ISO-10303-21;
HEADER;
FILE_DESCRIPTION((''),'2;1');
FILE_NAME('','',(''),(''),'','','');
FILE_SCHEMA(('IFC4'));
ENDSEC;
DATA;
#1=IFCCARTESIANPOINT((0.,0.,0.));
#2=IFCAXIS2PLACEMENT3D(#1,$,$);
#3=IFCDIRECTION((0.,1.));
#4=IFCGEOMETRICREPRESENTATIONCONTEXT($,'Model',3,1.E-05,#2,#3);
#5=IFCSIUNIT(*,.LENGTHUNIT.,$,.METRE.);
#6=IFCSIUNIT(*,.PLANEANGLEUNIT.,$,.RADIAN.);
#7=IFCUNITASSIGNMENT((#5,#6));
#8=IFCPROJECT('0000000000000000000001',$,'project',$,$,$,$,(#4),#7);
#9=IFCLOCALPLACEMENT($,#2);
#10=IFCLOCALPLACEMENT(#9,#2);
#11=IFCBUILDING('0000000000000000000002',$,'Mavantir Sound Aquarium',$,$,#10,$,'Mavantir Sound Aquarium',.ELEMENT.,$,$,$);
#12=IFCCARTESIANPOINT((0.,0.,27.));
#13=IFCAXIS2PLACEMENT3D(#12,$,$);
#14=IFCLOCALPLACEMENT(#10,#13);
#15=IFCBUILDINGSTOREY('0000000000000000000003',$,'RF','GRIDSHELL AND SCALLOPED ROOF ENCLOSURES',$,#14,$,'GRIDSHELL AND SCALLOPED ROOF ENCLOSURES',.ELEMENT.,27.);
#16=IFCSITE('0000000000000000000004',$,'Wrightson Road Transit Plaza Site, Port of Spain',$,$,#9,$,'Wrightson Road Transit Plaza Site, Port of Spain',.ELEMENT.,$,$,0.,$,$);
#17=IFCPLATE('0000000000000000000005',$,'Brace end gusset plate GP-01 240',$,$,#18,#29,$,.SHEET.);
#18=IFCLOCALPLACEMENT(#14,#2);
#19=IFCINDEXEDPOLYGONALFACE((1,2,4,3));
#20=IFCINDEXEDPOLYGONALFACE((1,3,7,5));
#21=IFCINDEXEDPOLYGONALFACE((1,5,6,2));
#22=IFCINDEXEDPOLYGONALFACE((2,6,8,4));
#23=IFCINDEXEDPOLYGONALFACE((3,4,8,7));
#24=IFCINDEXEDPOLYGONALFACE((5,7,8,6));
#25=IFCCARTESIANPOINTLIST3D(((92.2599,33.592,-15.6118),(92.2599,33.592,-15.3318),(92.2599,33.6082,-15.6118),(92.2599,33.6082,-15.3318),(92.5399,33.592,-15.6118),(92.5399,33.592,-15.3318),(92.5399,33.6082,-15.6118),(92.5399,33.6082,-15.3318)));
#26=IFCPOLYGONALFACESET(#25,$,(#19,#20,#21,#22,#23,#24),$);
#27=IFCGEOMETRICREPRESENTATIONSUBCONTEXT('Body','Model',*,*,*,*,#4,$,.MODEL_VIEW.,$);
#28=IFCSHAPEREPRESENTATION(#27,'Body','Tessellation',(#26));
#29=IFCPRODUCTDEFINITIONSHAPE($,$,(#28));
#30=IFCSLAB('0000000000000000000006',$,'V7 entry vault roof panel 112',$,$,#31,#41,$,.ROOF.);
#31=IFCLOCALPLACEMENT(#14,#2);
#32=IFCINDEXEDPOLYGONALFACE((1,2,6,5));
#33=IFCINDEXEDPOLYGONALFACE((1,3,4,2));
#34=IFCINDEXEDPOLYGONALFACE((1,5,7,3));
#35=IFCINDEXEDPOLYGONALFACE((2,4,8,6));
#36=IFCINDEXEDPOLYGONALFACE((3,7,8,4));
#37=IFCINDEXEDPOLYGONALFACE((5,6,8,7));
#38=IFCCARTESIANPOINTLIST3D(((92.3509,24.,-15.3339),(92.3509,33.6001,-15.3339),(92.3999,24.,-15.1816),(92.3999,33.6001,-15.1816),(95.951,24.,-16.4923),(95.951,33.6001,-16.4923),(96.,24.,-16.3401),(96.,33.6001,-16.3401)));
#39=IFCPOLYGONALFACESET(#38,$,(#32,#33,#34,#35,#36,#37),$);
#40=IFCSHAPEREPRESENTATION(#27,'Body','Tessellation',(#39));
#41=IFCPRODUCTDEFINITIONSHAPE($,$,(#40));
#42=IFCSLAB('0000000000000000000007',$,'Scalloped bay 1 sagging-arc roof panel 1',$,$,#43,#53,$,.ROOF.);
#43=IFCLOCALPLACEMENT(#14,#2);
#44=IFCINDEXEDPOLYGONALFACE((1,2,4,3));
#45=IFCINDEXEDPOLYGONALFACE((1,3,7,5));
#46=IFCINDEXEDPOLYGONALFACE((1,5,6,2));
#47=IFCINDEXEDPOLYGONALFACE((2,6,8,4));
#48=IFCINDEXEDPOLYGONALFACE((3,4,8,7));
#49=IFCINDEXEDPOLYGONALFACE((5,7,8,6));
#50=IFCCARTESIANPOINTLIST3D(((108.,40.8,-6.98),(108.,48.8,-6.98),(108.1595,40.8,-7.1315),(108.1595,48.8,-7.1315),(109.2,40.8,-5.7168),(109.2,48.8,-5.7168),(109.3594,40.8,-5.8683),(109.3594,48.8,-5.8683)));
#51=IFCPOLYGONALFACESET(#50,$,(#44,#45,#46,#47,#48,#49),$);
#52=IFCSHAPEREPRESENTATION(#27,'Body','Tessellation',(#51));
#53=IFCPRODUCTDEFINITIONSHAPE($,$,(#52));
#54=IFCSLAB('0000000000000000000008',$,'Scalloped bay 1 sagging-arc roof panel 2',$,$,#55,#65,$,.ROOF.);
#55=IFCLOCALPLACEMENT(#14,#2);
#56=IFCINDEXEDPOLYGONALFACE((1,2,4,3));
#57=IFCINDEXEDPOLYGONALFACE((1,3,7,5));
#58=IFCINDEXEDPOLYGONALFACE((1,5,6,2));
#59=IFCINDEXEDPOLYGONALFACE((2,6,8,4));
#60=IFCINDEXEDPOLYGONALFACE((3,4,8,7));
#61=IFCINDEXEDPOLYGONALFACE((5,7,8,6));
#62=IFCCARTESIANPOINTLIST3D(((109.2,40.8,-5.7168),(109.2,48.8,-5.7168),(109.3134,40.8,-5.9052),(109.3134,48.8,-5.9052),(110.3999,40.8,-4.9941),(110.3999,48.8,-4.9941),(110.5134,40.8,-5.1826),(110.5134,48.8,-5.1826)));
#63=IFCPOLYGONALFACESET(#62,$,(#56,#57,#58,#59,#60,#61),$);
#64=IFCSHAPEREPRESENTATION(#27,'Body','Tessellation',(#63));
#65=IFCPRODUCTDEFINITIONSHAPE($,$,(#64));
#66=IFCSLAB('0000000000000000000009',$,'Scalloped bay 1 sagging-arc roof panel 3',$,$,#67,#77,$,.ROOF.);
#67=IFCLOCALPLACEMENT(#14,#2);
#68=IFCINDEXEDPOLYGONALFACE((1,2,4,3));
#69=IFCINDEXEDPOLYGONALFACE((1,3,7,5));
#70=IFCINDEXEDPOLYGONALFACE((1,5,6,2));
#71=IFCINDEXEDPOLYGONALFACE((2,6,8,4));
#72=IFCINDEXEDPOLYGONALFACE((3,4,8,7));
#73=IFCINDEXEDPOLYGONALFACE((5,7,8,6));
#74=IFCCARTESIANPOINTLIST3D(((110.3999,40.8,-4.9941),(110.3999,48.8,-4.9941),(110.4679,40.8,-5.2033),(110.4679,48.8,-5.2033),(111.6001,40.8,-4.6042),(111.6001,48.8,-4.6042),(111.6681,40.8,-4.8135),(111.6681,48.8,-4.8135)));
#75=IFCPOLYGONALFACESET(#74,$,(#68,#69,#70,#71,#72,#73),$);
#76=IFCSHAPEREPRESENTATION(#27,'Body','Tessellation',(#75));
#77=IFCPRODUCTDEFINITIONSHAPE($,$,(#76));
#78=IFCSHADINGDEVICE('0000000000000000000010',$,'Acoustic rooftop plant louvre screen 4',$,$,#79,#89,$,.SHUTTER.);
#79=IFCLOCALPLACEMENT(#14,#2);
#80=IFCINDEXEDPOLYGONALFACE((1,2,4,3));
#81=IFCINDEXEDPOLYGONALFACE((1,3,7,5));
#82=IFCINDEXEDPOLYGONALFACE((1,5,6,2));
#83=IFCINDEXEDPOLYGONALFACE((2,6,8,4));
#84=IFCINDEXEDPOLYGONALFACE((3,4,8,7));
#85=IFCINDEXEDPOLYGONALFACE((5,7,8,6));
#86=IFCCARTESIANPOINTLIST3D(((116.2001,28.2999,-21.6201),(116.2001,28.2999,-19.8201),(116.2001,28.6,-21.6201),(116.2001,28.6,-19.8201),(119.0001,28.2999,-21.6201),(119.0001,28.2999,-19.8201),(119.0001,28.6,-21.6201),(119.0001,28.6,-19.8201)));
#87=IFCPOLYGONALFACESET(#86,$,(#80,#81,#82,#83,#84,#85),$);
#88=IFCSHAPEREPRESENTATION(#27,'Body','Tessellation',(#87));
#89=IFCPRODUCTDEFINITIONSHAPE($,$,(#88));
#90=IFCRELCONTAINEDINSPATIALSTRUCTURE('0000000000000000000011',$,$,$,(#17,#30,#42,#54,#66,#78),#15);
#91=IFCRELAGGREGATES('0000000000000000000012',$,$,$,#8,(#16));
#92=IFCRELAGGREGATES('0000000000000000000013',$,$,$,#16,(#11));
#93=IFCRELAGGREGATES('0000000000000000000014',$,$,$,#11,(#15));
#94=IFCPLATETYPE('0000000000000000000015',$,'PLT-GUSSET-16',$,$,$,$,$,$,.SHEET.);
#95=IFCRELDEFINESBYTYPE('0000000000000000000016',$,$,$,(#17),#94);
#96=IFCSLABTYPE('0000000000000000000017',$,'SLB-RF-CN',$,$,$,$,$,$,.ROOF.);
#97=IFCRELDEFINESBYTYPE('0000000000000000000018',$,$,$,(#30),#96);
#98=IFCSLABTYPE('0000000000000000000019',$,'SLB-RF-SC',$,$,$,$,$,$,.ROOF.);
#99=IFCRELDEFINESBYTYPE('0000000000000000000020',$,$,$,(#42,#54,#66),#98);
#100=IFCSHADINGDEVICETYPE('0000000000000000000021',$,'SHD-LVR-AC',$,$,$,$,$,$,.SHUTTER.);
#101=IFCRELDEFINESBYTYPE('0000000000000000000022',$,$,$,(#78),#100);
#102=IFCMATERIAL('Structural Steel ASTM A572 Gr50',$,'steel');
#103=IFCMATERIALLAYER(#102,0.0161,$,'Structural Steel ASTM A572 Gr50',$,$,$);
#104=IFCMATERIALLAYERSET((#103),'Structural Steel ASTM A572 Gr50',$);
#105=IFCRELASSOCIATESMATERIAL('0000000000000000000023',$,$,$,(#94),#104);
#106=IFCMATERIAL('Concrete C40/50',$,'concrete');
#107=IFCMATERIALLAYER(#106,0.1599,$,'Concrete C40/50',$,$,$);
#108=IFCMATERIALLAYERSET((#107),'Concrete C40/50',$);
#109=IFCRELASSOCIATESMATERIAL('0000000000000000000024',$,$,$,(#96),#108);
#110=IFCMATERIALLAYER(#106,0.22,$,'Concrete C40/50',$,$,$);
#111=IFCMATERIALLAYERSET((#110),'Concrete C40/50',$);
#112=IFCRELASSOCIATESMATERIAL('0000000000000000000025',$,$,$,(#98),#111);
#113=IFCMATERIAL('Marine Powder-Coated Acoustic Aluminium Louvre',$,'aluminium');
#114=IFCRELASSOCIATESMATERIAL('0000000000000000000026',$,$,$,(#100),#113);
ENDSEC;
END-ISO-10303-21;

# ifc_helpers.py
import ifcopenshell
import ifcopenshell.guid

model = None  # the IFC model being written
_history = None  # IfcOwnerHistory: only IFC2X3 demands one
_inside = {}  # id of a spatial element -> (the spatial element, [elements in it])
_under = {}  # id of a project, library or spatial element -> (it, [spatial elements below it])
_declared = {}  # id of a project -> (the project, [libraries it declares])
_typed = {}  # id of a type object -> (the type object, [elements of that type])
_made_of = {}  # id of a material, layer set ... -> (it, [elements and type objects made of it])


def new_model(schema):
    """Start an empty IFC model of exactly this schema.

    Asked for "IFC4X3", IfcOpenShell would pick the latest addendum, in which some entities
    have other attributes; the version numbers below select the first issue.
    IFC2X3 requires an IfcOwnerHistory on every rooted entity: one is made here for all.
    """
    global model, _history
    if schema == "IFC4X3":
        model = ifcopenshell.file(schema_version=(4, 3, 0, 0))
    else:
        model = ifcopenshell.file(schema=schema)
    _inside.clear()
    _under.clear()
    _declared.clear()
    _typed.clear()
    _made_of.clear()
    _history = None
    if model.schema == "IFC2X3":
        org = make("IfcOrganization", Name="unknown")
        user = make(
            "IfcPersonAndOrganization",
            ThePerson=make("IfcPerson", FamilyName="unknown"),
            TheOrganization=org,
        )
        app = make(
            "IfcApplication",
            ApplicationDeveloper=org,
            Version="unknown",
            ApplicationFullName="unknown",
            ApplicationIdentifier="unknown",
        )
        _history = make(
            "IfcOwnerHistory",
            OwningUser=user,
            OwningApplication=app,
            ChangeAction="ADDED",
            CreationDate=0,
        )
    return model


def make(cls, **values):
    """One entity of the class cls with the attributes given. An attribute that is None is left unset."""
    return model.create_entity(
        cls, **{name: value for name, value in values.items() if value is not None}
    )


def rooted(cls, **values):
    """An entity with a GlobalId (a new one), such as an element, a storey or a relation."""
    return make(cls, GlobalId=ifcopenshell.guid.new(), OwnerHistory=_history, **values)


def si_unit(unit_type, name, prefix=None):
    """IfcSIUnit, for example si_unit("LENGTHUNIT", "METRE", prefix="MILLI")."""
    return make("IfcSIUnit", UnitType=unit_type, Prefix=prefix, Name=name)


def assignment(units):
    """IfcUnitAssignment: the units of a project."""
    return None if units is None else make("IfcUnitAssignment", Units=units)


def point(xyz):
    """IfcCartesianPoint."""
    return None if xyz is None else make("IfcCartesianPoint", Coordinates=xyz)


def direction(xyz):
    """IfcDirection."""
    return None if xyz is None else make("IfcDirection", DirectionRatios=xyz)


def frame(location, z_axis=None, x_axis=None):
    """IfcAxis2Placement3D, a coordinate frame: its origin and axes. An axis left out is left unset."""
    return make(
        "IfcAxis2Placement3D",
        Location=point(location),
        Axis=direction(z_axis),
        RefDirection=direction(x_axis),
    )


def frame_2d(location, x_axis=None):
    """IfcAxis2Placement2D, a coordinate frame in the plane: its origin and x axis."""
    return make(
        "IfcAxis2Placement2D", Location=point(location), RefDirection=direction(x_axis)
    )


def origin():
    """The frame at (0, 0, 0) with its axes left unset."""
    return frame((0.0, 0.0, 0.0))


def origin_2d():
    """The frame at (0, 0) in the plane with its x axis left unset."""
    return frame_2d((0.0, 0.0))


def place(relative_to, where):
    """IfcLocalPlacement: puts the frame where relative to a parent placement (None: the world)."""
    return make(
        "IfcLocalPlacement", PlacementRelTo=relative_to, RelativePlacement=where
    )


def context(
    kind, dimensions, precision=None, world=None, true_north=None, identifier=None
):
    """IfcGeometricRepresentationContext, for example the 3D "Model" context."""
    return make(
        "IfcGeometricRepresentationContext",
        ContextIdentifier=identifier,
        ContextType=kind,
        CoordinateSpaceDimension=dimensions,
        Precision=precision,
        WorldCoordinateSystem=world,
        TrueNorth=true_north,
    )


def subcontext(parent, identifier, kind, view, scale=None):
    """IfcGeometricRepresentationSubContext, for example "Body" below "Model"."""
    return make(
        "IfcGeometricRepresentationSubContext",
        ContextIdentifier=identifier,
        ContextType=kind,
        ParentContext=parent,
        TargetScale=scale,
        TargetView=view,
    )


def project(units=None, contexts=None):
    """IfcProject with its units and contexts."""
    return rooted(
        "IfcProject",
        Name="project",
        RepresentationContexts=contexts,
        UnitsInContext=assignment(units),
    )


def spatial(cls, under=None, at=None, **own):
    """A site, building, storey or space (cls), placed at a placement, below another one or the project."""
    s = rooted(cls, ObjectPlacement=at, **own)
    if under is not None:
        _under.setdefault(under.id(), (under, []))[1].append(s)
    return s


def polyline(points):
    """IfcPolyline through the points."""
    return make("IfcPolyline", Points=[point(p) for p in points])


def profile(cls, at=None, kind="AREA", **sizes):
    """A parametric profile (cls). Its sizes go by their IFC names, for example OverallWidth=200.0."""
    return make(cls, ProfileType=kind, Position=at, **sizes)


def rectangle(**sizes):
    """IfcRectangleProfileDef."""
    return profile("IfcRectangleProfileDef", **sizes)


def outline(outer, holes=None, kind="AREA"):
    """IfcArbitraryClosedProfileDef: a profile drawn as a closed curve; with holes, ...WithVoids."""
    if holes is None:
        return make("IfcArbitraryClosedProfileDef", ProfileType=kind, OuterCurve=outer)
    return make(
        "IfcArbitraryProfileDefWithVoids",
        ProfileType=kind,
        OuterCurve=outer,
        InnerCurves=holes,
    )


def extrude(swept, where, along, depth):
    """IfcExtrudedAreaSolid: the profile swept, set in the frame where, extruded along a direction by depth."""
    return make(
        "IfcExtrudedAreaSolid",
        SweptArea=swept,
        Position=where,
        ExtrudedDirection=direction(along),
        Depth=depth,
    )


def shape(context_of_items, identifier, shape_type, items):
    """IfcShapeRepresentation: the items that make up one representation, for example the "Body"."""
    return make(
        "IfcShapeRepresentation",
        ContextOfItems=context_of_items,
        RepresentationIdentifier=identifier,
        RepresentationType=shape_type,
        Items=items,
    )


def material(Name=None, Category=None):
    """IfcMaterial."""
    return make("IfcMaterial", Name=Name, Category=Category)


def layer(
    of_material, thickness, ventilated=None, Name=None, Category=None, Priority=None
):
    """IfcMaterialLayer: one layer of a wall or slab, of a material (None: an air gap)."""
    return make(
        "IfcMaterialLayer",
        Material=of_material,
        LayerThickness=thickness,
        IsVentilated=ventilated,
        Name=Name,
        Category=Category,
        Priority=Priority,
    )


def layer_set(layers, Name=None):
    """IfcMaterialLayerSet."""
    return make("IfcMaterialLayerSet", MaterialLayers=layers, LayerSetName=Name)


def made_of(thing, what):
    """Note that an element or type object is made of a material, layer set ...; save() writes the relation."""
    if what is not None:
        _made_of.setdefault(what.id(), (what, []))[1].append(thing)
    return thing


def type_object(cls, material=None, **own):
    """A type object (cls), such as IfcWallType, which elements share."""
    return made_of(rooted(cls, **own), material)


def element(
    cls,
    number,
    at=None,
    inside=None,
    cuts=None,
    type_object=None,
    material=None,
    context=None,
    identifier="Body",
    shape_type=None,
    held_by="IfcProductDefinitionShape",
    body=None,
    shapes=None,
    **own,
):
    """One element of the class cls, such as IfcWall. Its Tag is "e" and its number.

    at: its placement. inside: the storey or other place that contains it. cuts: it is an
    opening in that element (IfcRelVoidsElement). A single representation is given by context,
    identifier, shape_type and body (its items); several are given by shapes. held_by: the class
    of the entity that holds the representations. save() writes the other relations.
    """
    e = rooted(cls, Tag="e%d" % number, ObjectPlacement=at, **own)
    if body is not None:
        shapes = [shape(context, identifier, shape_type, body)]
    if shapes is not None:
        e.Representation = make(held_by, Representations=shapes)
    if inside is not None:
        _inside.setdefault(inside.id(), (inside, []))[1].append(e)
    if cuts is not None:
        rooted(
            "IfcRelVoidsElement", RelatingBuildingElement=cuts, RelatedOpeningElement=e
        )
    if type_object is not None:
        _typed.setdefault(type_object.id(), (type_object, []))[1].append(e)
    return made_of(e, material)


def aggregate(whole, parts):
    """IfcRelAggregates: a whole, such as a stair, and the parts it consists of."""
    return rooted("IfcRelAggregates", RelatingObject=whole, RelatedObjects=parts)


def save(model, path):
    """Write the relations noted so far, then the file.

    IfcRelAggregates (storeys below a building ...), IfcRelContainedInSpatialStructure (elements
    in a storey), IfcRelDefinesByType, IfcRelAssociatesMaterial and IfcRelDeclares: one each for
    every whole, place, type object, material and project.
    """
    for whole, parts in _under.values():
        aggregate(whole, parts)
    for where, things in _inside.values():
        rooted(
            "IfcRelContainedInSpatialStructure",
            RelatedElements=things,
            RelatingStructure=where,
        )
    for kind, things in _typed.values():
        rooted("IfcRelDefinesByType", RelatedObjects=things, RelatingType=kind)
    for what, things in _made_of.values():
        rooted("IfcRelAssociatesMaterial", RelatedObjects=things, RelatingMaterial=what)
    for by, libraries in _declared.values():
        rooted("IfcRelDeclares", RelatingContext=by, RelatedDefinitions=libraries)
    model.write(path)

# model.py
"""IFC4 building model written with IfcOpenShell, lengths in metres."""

from ifc_helpers import new_model, si_unit, direction, frame, origin, origin_2d, place, context, subcontext, project, spatial, polyline, rectangle, outline, extrude, material, layer, layer_set, type_object, element, save


model = new_model("IFC4")

# Units and contexts
model_context = context("Model", 3, precision=1e-05, world=origin(), true_north=direction((0.0, 1.0)))
body_context = subcontext(model_context, "Body", "Model", "MODEL_VIEW")
ifc_project = project(units=[si_unit("LENGTHUNIT", "METRE"), si_unit("PLANEANGLEUNIT", "RADIAN")], contexts=[model_context])

# Site, building, storey
site_placement = place(None, origin())
site = spatial("IfcSite", under=ifc_project, at=site_placement, Name="Wrightson Road Transit Plaza Site, Port of Spain", LongName="Wrightson Road Transit Plaza Site, Port of Spain", CompositionType="ELEMENT", RefElevation=0.0)
building_placement = place(site_placement, origin())
building = spatial("IfcBuilding", under=site, at=building_placement, Name="Mavantir Sound Aquarium", LongName="Mavantir Sound Aquarium", CompositionType="ELEMENT")
storey_placement = place(building_placement, frame((0.0, 0.0, 27.0)))
storey = spatial("IfcBuildingStorey", under=building, at=storey_placement, Name="RF", Description="GRIDSHELL AND SCALLOPED ROOF ENCLOSURES", LongName="GRIDSHELL AND SCALLOPED ROOF ENCLOSURES", CompositionType="ELEMENT", Elevation=27.0)

# Shared definitions
ifc_material_1 = material(Name="Concrete C40/50", Category="concrete")

# Plate
ifc_material_2 = material(Name="Structural Steel ASTM A572 Gr50", Category="steel")
ifc_layer_1 = layer(ifc_material_2, 0.0161, Name="Structural Steel ASTM A572 Gr50")
ifc_layer_set_1 = layer_set([ifc_layer_1], Name="Structural Steel ASTM A572 Gr50")
plate_type_1 = type_object("IfcPlateType", Name="PLT-GUSSET-16", PredefinedType="SHEET", material=ifc_layer_set_1)
for number, where, z_axis, x_axis, name in (
    (1, (92.3999, 33.6001, -15.6118), (0.0, 0.0, 1.0), (1.0, 0.0, 0.0), "Brace end gusset plate GP-01 240"),
):
    element("IfcPlate", number, at=place(storey_placement, frame(where, z_axis=z_axis, x_axis=x_axis)), inside=storey, type_object=plate_type_1, Name=name, PredefinedType="SHEET", context=body_context, shape_type="SweptSolid", body=[
        extrude(rectangle(XDim=0.28, YDim=0.0161, at=origin_2d()), origin(), (0.0, 0.0, 1.0), 0.28),
    ])

# Slabs
ifc_layer_2 = layer(ifc_material_1, 0.1599, Name="Concrete C40/50")
ifc_layer_set_2 = layer_set([ifc_layer_2], Name="Concrete C40/50")
slab_type_1 = type_object("IfcSlabType", Name="SLB-RF-CN", PredefinedType="ROOF", material=ifc_layer_set_2)
slab_1_placement = place(storey_placement, frame((92.3999, 24.0, -15.1816), z_axis=(0.306314, 0.0, 0.95193), x_axis=(0.95193, 0.0, -0.306314)))
element("IfcSlab", 2, at=slab_1_placement, inside=storey, type_object=slab_type_1, Name="V7 entry vault roof panel 112", PredefinedType="ROOF", context=body_context, shape_type="SweptSolid", body=[
    extrude(outline(polyline([(0.0, 0.0), (3.7819, 0.0), (3.7819, 9.6001), (0.0, 9.6001), (0.0, 0.0)])), origin(), (0.0, 0.0, -1.0), 0.1599),
])
ifc_layer_3 = layer(ifc_material_1, 0.22, Name="Concrete C40/50")
ifc_layer_set_3 = layer_set([ifc_layer_3], Name="Concrete C40/50")
slab_type_2 = type_object("IfcSlabType", Name="SLB-RF-SC", PredefinedType="ROOF", material=ifc_layer_set_3)
slab_2_placement = place(storey_placement, frame((108.0, 40.8, -6.98), z_axis=(-0.72502, 0.0, 0.688727), x_axis=(0.688727, 0.0, 0.72502)))
element("IfcSlab", 3, at=slab_2_placement, inside=storey, type_object=slab_type_2, Name="Scalloped bay 1 sagging-arc roof panel 1", PredefinedType="ROOF", context=body_context, shape_type="SweptSolid", body=[
    extrude(outline(polyline([(0.0, 0.0), (1.7423, 0.0), (1.7423, 8.0), (0.0, 8.0), (0.0, 0.0)])), origin(), (0.0, 0.0, -1.0), 0.22),
])
slab_3_placement = place(storey_placement, frame((109.2, 40.8, -5.7168), z_axis=(-0.515905, 0.0, 0.856646), x_axis=(0.856646, 0.0, 0.515905)))
element("IfcSlab", 4, at=slab_3_placement, inside=storey, type_object=slab_type_2, Name="Scalloped bay 1 sagging-arc roof panel 2", PredefinedType="ROOF", context=body_context, shape_type="SweptSolid", body=[
    extrude(outline(polyline([(0.0, 0.0), (1.4008, 0.0), (1.4008, 8.0), (0.0, 8.0), (0.0, 0.0)])), origin(), (0.0, 0.0, -1.0), 0.22),
])
slab_4_placement = place(storey_placement, frame((110.3999, 40.8, -4.9941), z_axis=(-0.308964, 0.0, 0.951074), x_axis=(0.951074, 0.0, 0.308964)))
element("IfcSlab", 5, at=slab_4_placement, inside=storey, type_object=slab_type_2, Name="Scalloped bay 1 sagging-arc roof panel 3", PredefinedType="ROOF", context=body_context, shape_type="SweptSolid", body=[
    extrude(outline(polyline([(0.0, 0.0), (1.2619, 0.0), (1.2619, 8.0), (0.0, 8.0), (0.0, 0.0)])), origin(), (0.0, 0.0, -1.0), 0.22),
])

# Shading device
ifc_material_3 = material(Name="Marine Powder-Coated Acoustic Aluminium Louvre", Category="aluminium")
shading_device_type = type_object("IfcShadingDeviceType", Name="SHD-LVR-AC", PredefinedType="SHUTTER", material=ifc_material_3)
shading_device_placement = place(storey_placement, frame((117.6001, 28.45, -21.6201), z_axis=(0.0, 0.0, 1.0), x_axis=(1.0, 0.0, 0.0)))
element("IfcShadingDevice", 6, at=shading_device_placement, inside=storey, type_object=shading_device_type, Name="Acoustic rooftop plant louvre screen 4", PredefinedType="SHUTTER", context=body_context, shape_type="SweptSolid", body=[
    extrude(rectangle(XDim=2.8, YDim=0.3, at=origin_2d()), origin(), (0.0, 0.0, 1.0), 1.8),
])

save(model, "model.ifc")
